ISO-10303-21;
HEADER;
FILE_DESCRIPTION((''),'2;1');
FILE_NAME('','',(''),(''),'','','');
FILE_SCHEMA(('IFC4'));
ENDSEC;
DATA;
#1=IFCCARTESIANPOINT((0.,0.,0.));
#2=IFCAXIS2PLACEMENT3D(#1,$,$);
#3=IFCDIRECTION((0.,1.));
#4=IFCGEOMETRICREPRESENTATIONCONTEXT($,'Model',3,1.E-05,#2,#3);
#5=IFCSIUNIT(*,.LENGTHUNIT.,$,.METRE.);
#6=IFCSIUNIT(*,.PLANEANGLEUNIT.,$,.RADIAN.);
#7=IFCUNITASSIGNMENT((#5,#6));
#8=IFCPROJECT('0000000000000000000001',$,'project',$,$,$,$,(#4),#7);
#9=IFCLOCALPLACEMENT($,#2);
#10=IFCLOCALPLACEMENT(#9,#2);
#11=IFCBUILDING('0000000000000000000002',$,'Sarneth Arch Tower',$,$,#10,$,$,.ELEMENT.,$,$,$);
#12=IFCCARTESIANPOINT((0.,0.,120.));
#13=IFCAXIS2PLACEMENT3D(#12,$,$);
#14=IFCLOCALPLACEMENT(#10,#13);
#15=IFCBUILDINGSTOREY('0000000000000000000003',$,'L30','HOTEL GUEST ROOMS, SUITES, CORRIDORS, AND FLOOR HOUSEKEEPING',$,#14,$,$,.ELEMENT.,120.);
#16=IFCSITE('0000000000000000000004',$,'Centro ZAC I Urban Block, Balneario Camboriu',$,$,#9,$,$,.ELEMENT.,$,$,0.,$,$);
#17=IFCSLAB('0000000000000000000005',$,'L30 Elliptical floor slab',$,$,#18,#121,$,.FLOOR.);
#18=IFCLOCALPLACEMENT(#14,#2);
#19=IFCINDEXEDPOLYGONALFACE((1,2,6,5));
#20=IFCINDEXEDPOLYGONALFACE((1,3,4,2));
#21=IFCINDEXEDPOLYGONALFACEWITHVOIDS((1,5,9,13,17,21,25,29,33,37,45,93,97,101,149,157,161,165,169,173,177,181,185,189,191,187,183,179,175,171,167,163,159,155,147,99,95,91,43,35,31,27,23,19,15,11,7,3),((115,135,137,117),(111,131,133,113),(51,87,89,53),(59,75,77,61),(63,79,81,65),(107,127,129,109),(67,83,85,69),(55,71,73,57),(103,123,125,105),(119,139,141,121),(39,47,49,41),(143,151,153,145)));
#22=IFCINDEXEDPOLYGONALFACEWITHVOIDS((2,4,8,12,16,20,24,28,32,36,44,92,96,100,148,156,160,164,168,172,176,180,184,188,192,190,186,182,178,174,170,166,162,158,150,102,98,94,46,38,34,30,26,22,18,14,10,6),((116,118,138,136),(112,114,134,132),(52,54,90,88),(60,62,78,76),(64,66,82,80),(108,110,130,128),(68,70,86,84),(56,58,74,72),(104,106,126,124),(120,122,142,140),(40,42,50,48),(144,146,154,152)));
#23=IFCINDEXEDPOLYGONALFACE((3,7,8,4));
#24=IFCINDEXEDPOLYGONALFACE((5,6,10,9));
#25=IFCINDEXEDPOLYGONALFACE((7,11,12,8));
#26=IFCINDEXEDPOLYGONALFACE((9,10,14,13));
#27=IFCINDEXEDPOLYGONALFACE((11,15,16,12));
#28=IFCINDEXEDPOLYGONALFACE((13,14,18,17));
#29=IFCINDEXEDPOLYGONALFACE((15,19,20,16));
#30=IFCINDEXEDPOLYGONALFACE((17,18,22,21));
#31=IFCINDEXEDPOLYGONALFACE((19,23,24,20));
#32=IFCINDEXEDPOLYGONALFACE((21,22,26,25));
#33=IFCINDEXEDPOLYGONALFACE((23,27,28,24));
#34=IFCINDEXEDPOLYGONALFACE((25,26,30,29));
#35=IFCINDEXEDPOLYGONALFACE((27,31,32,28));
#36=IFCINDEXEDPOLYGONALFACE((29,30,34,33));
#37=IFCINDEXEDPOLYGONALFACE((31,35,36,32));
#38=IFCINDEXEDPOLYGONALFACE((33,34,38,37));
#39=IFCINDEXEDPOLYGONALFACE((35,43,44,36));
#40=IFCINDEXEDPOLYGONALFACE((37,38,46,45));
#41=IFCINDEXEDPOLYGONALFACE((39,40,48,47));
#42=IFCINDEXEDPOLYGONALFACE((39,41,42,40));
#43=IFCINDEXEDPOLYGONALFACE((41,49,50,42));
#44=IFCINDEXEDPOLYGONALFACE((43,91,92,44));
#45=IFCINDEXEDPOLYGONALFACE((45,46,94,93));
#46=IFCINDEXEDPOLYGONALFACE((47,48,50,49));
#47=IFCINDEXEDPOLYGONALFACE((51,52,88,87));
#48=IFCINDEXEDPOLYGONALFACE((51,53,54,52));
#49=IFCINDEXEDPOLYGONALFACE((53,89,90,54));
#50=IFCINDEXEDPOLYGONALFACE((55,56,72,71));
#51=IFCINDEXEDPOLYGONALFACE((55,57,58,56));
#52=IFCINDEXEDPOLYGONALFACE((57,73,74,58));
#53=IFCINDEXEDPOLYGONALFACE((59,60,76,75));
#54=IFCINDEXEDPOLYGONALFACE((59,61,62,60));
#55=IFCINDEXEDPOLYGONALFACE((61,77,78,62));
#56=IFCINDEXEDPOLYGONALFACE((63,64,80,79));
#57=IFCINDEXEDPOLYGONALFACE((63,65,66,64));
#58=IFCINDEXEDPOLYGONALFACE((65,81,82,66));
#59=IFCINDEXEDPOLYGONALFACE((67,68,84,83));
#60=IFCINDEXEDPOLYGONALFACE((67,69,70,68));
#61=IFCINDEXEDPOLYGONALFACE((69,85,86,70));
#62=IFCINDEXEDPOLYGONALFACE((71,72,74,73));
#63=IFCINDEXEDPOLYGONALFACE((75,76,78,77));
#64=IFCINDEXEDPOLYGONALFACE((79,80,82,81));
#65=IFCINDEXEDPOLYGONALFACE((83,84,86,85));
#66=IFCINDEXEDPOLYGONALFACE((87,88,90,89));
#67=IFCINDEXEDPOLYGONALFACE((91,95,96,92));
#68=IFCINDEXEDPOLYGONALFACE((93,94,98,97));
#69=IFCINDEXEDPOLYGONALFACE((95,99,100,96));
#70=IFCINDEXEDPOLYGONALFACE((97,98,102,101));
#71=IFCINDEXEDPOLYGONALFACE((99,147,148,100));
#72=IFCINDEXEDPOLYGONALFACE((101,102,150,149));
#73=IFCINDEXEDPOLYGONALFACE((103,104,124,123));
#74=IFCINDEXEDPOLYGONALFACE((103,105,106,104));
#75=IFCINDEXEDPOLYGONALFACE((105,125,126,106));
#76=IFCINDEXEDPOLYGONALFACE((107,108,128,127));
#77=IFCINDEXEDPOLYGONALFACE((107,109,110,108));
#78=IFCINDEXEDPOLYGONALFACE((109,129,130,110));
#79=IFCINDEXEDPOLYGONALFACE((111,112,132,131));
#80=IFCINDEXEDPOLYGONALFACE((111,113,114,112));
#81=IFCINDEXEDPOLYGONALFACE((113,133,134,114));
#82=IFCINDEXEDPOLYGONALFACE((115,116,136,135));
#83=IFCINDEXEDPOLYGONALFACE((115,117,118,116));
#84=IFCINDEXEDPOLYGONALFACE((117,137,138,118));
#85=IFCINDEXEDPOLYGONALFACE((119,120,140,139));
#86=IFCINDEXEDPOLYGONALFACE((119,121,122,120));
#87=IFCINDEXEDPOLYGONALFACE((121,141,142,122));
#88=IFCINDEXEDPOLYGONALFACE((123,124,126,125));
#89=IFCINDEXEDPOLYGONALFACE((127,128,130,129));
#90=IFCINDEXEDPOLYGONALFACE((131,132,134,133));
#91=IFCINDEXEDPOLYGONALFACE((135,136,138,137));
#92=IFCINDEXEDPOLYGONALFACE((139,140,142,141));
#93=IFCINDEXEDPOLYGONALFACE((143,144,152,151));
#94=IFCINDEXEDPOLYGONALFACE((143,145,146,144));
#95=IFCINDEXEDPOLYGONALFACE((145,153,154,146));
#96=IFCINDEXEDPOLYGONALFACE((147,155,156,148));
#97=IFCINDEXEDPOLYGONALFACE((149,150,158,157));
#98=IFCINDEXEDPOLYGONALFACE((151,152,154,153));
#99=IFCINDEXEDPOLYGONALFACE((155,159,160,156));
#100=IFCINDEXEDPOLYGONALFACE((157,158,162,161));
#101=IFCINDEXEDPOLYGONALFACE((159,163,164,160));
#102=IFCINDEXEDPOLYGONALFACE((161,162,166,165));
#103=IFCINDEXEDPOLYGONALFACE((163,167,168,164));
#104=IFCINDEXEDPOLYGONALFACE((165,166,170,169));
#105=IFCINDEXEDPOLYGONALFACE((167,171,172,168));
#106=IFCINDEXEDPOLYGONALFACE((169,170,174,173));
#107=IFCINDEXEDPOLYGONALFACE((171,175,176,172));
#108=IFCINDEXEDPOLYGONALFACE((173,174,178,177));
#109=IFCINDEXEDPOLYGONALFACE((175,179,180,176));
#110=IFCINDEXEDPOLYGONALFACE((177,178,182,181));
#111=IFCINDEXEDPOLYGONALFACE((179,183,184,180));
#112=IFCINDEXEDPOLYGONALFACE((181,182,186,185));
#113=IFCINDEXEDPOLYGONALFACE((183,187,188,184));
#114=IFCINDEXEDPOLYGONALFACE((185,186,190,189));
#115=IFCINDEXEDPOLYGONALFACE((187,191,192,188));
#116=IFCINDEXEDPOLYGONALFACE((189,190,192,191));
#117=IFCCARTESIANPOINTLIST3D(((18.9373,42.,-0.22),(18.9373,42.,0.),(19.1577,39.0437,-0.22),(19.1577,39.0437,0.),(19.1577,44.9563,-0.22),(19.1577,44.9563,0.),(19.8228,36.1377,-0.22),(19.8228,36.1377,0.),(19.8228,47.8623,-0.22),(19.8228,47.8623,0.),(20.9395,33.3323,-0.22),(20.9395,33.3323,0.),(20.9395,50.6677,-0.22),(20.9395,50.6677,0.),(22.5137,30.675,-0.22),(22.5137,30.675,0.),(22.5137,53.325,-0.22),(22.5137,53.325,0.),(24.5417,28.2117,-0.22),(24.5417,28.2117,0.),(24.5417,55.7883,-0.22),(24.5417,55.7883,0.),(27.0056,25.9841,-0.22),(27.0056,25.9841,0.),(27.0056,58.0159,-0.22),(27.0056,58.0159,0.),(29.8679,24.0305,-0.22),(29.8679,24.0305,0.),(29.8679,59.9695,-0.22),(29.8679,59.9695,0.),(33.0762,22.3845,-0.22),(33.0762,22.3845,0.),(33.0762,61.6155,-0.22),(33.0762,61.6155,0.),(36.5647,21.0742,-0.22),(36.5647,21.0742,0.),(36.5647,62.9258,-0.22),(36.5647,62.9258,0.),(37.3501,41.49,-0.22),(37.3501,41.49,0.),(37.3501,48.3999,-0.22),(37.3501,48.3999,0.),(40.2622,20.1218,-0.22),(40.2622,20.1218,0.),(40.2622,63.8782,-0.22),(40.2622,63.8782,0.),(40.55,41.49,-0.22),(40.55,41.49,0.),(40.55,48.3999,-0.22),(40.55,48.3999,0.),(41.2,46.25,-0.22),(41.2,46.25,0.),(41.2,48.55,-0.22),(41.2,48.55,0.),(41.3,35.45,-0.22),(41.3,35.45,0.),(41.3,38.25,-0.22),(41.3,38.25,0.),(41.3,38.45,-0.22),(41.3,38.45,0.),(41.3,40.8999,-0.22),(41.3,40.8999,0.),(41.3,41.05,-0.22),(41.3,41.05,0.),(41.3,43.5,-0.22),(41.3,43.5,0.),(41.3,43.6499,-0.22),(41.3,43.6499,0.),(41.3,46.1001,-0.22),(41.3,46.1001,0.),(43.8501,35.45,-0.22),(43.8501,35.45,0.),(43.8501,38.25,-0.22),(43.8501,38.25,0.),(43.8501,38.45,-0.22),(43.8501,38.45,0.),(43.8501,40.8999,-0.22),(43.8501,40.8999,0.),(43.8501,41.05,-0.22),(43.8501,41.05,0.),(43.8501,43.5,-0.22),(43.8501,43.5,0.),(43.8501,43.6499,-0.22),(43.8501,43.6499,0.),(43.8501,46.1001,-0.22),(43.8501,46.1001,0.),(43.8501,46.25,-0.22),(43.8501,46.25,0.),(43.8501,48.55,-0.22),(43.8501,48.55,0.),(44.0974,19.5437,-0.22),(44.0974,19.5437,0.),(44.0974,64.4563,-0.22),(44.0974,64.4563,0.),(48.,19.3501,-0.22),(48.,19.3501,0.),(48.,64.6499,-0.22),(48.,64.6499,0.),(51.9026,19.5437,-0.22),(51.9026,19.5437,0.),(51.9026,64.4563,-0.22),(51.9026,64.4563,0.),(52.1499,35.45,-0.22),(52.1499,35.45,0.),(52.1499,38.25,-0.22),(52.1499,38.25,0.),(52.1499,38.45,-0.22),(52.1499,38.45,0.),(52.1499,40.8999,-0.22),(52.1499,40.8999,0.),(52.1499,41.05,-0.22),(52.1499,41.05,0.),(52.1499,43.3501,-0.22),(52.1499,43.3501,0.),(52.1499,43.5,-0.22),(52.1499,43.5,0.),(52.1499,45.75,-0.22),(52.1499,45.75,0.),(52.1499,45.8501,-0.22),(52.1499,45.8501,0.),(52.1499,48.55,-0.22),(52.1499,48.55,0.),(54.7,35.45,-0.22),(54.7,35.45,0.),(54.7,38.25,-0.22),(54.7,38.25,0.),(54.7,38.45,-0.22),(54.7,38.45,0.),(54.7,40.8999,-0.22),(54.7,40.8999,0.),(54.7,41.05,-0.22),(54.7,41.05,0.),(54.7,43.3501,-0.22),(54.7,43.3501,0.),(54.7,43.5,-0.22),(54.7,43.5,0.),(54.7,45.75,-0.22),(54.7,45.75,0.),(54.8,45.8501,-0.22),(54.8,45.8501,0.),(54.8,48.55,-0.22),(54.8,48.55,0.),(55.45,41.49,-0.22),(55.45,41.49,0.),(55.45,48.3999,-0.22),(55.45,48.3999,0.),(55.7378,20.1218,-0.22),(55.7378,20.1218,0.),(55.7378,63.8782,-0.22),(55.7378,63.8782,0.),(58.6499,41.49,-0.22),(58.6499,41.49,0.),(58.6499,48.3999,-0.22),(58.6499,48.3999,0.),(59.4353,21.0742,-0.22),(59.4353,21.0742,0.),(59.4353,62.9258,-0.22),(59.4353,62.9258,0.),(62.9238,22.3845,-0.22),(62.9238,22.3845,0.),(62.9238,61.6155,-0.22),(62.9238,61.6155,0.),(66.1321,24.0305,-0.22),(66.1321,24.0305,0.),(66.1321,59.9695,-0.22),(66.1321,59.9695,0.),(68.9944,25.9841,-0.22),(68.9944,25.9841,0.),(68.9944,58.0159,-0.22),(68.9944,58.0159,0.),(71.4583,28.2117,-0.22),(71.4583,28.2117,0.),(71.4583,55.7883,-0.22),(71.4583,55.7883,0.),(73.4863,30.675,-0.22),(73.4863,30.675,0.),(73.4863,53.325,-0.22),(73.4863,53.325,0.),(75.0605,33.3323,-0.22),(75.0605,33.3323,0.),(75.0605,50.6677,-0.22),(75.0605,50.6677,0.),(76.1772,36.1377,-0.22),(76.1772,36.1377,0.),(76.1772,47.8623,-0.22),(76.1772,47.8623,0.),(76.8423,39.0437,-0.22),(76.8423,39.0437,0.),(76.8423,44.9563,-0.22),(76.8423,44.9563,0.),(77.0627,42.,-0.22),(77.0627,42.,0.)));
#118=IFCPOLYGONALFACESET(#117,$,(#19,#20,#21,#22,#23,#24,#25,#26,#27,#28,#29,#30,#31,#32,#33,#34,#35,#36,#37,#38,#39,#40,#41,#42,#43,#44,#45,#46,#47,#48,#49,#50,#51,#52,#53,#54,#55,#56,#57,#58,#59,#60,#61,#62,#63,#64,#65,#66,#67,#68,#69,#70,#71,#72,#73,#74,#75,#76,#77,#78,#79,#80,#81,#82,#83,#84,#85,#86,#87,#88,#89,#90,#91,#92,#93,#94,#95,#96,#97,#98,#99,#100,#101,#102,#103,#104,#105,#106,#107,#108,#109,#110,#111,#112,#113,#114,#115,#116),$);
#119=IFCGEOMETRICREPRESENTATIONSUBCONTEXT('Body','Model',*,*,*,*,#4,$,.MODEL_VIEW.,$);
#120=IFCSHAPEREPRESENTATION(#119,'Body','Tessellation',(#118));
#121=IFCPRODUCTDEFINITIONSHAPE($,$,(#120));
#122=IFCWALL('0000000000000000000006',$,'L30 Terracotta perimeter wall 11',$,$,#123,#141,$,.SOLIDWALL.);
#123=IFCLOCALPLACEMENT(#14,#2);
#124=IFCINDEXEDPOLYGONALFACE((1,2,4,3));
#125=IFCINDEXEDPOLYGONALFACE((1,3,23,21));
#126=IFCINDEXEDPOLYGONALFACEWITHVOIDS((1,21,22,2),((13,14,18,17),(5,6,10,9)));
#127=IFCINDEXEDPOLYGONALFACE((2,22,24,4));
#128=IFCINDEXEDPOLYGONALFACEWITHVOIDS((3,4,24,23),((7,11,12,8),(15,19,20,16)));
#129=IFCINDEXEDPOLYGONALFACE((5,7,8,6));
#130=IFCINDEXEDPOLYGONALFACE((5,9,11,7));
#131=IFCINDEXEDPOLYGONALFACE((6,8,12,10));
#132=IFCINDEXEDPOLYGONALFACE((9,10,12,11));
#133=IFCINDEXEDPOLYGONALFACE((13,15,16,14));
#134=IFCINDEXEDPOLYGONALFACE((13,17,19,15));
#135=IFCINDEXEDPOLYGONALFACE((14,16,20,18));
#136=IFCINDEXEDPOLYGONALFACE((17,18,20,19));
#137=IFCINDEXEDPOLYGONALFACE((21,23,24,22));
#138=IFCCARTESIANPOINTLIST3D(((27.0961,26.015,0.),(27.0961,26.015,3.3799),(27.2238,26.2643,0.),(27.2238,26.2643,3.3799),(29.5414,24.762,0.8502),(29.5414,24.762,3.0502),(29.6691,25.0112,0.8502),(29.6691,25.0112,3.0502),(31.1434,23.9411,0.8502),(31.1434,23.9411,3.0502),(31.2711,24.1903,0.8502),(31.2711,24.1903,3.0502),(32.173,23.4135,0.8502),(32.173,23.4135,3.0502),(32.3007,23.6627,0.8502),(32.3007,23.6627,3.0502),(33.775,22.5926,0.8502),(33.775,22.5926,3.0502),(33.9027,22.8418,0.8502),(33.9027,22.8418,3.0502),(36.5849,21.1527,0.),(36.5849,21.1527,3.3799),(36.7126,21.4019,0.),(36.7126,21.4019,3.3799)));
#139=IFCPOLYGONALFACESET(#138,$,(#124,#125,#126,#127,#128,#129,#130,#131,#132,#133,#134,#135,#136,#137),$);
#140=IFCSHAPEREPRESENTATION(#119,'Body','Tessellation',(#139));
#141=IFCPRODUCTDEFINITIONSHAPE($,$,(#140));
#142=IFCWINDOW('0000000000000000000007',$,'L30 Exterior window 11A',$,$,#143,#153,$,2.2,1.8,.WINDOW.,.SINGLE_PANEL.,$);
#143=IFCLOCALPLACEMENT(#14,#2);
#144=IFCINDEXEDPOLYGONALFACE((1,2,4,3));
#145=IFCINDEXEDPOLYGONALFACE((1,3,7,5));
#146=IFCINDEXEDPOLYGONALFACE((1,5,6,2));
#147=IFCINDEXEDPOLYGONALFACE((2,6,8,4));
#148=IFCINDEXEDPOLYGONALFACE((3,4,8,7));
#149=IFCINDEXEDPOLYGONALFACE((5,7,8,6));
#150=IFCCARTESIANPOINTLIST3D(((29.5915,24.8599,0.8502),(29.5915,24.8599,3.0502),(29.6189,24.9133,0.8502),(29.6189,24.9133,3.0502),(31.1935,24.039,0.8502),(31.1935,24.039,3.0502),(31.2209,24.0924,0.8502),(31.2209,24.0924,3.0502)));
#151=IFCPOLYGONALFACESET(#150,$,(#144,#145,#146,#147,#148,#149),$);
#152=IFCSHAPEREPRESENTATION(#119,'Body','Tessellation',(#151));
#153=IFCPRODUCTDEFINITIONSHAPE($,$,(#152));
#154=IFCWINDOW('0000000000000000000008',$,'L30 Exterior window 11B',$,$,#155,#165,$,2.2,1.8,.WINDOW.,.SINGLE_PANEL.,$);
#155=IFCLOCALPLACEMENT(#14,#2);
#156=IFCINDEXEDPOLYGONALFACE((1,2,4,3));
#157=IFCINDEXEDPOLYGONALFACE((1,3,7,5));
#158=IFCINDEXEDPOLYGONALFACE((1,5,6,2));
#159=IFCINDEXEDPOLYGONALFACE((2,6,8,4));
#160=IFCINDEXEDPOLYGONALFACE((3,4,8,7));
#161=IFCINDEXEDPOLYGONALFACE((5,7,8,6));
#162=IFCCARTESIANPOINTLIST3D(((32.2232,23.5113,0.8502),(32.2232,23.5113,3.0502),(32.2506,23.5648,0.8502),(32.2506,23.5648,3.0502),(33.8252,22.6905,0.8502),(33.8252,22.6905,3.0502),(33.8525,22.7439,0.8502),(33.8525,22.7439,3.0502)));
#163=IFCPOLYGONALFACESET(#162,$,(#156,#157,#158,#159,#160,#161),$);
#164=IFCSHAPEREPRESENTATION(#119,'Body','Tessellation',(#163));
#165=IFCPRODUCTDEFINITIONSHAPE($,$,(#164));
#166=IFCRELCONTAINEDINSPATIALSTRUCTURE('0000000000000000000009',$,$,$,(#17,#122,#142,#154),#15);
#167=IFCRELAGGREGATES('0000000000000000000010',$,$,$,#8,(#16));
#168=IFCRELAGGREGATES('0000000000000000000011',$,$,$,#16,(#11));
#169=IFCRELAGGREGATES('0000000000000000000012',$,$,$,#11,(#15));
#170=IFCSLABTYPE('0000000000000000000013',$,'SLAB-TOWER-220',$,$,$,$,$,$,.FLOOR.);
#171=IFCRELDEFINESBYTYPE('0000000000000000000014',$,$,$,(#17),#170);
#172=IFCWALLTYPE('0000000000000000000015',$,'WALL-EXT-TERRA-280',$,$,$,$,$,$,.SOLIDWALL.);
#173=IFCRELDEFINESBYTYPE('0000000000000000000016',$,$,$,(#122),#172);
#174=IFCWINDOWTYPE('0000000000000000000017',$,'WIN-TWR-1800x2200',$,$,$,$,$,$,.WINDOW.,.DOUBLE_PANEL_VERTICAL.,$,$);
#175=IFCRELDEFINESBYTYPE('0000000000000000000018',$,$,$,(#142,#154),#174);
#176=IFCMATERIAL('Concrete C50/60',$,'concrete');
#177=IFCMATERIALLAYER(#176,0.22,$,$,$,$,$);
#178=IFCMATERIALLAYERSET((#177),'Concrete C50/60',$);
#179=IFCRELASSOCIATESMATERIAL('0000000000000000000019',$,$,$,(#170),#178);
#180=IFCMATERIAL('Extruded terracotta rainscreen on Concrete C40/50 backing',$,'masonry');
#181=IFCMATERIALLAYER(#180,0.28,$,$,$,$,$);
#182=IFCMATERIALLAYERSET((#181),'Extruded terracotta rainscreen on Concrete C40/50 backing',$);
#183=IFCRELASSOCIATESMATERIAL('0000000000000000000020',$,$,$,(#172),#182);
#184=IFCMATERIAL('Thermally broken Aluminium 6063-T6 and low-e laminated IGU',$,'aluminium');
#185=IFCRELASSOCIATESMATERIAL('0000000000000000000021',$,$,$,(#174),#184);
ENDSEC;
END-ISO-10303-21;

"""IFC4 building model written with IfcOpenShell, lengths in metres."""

from ifc_helpers import new_model, si_unit, direction, frame, frame_2d, origin, place, context, subcontext, project, spatial, polyline, rectangle, outline, extrude, material, layer, layer_set, type_object, element, fill, save


model = new_model("IFC4")

# Units and contexts
model_context = context("Model", 3, precision=1e-05, world=origin(), true_north=direction((0.0, 1.0)))
body_context = subcontext(model_context, "Body", "Model", "MODEL_VIEW")
ifc_project = project(units=[si_unit("LENGTHUNIT", "METRE"), si_unit("PLANEANGLEUNIT", "RADIAN")], contexts=[model_context])

# Site, building, storey
site_placement = place(None, origin())
site = spatial("IfcSite", under=ifc_project, at=site_placement, Name="Centro ZAC I Urban Block, Balneario Camboriu", CompositionType="ELEMENT", RefElevation=0.0)
building_placement = place(site_placement, origin())
building = spatial("IfcBuilding", under=site, at=building_placement, Name="Sarneth Arch Tower", CompositionType="ELEMENT")
storey_placement = place(building_placement, frame((0.0, 0.0, 120.0)))
storey = spatial("IfcBuildingStorey", under=building, at=storey_placement, Name="L30", Description="HOTEL GUEST ROOMS, SUITES, CORRIDORS, AND FLOOR HOUSEKEEPING", CompositionType="ELEMENT", Elevation=120.0)

# Slab
ifc_material_1 = material(Name="Concrete C50/60", Category="concrete")
ifc_layer_1 = layer(ifc_material_1, 0.22)
ifc_layer_set_1 = layer_set([ifc_layer_1], Name="Concrete C50/60")
slab_type_1 = type_object("IfcSlabType", Name="SLAB-TOWER-220", PredefinedType="FLOOR", material=ifc_layer_set_1)
slab_1_placement = place(storey_placement, frame((0.0, 0.0, -0.22)))
element("IfcSlab", 1, at=slab_1_placement, inside=storey, type_object=slab_type_1, Name="L30 Elliptical floor slab", PredefinedType="FLOOR", context=body_context, shape_type="SweptSolid", body=[
    extrude(outline(polyline([(77.0627, 42.0), (76.8423, 44.9563), (76.1772, 47.8623), (75.0605, 50.6677), (73.4863, 53.325), (71.4583, 55.7883), (68.9944, 58.0159), (66.1321, 59.9695), (62.9238, 61.6155), (59.4353, 62.9258), (55.7378, 63.8782), (51.9026, 64.4563), (48.0, 64.6499), (44.0974, 64.4563), (40.2622, 63.8782), (36.5647, 62.9258), (33.0762, 61.6155), (29.8679, 59.9695), (27.0056, 58.0159), (24.5417, 55.7883), (22.5137, 53.325), (20.9395, 50.6677), (19.8228, 47.8623), (19.1577, 44.9563), (18.9373, 42.0), (19.1577, 39.0437), (19.8228, 36.1377), (20.9395, 33.3323), (22.5137, 30.675), (24.5417, 28.2117), (27.0056, 25.9841), (29.8679, 24.0305), (33.0762, 22.3845), (36.5647, 21.0742), (40.2622, 20.1218), (44.0974, 19.5437), (48.0, 19.3501), (51.9026, 19.5437), (55.7378, 20.1218), (59.4353, 21.0742), (62.9238, 22.3845), (66.1321, 24.0305), (68.9944, 25.9841), (71.4583, 28.2117), (73.4863, 30.675), (75.0605, 33.3323), (76.1772, 36.1377), (76.8423, 39.0437), (77.0627, 42.0)]), holes=[polyline([(37.3501, 41.49), (40.55, 41.49), (40.55, 48.3999), (37.3501, 48.3999), (37.3501, 41.49)]), polyline([(55.45, 41.49), (58.6499, 41.49), (58.6499, 48.3999), (55.45, 48.3999), (55.45, 41.49)]), polyline([(41.2, 46.25), (43.8501, 46.25), (43.8501, 48.55), (41.2, 48.55), (41.2, 46.25)]), polyline([(41.3, 35.45), (43.8501, 35.45), (43.8501, 38.25), (41.3, 38.25), (41.3, 35.45)]), polyline([(52.1499, 35.45), (54.7, 35.45), (54.7, 38.25), (52.1499, 38.25), (52.1499, 35.45)]), polyline([(52.1499, 45.8501), (54.8, 45.8501), (54.8, 48.55), (52.1499, 48.55), (52.1499, 45.8501)]), polyline([(41.3, 38.45), (43.8501, 38.45), (43.8501, 40.8999), (41.3, 40.8999), (41.3, 38.45)]), polyline([(41.3, 41.05), (43.8501, 41.05), (43.8501, 43.5), (41.3, 43.5), (41.3, 41.05)]), polyline([(41.3, 43.6499), (43.8501, 43.6499), (43.8501, 46.1001), (41.3, 46.1001), (41.3, 43.6499)]), polyline([(52.1499, 38.45), (54.7, 38.45), (54.7, 40.8999), (52.1499, 40.8999), (52.1499, 38.45)]), polyline([(52.1499, 41.05), (54.7, 41.05), (54.7, 43.3501), (52.1499, 43.3501), (52.1499, 41.05)]), polyline([(52.1499, 43.5), (54.7, 43.5), (54.7, 45.75), (52.1499, 45.75), (52.1499, 43.5)])]), origin(), (0.0, 0.0, 1.0), 0.22),
])

# Wall, openings, windows
ifc_material_2 = material(Name="Extruded terracotta rainscreen on Concrete C40/50 backing", Category="masonry")
ifc_layer_2 = layer(ifc_material_2, 0.28)
ifc_layer_set_2 = layer_set([ifc_layer_2], Name="Extruded terracotta rainscreen on Concrete C40/50 backing")
wall_type_1 = type_object("IfcWallType", Name="WALL-EXT-TERRA-280", PredefinedType="SOLIDWALL", material=ifc_layer_set_2)
wall_1_placement = place(storey_placement, frame((27.1599, 26.1396, 0.0), z_axis=(0.0, 0.0, 1.0), x_axis=(0.88996, -0.45604, 0.0)))
wall_1 = element("IfcWall", 2, at=wall_1_placement, inside=storey, type_object=wall_type_1, Name="L30 Terracotta perimeter wall 11", PredefinedType="SOLIDWALL", context=body_context, shape_type="SweptSolid", body=[
    extrude(rectangle(XDim=10.6621, YDim=0.28, at=frame_2d((5.3311, 0.0))), origin(), (0.0, 0.0, 1.0), 3.3799),
])
opening_1_placement = place(wall_1_placement, frame((2.7478, 0.0, 0.8501)))
opening_1 = element("IfcOpeningElement", 3, at=opening_1_placement, cuts=wall_1, PredefinedType="OPENING", context=body_context, shape_type="SweptSolid", body=[
    extrude(rectangle(XDim=1.8, YDim=2.2, at=frame_2d((0.8999, 1.1001))), frame((0.0, 0.1499, 0.0), z_axis=(0.0, -1.0, 0.0), x_axis=(1.0, 0.0, 0.0)), (0.0, 0.0, 1.0), 0.3),
])
opening_2_placement = place(wall_1_placement, frame((5.7048, 0.0, 0.8501)))
opening_2 = element("IfcOpeningElement", 4, at=opening_2_placement, cuts=wall_1, PredefinedType="OPENING", context=body_context, shape_type="SweptSolid", body=[
    extrude(rectangle(XDim=1.8, YDim=2.2, at=frame_2d((0.8999, 1.1001))), frame((0.0, 0.1499, 0.0), z_axis=(0.0, -1.0, 0.0), x_axis=(1.0, 0.0, 0.0)), (0.0, 0.0, 1.0), 0.3),
])
ifc_material_3 = material(Name="Thermally broken Aluminium 6063-T6 and low-e laminated IGU", Category="aluminium")
window_type = type_object("IfcWindowType", Name="WIN-TWR-1800x2200", PartitioningType="DOUBLE_PANEL_VERTICAL", PredefinedType="WINDOW", material=ifc_material_3)
window_1_placement = place(opening_1_placement, origin())
window_1 = element("IfcWindow", 5, at=window_1_placement, inside=storey, type_object=window_type, Name="L30 Exterior window 11A", OverallHeight=2.2, OverallWidth=1.8, PartitioningType="SINGLE_PANEL", PredefinedType="WINDOW", context=body_context, shape_type="SweptSolid", body=[
    extrude(rectangle(XDim=1.8, YDim=2.2, at=frame_2d((0.8999, 1.1001))), frame((0.0, 0.03, 0.0), z_axis=(0.0, -1.0, 0.0), x_axis=(1.0, 0.0, 0.0)), (0.0, 0.0, 1.0), 0.0601),
])
fill(opening_1, window_1)
window_2_placement = place(opening_2_placement, origin())
window_2 = element("IfcWindow", 6, at=window_2_placement, inside=storey, type_object=window_type, Name="L30 Exterior window 11B", OverallHeight=2.2, OverallWidth=1.8, PartitioningType="SINGLE_PANEL", PredefinedType="WINDOW", context=body_context, shape_type="SweptSolid", body=[
    extrude(rectangle(XDim=1.8, YDim=2.2, at=frame_2d((0.8999, 1.1001))), frame((0.0, 0.03, 0.0), z_axis=(0.0, -1.0, 0.0), x_axis=(1.0, 0.0, 0.0)), (0.0, 0.0, 1.0), 0.0601),
])
fill(opening_2, window_2)

save(model, "model.ifc")
